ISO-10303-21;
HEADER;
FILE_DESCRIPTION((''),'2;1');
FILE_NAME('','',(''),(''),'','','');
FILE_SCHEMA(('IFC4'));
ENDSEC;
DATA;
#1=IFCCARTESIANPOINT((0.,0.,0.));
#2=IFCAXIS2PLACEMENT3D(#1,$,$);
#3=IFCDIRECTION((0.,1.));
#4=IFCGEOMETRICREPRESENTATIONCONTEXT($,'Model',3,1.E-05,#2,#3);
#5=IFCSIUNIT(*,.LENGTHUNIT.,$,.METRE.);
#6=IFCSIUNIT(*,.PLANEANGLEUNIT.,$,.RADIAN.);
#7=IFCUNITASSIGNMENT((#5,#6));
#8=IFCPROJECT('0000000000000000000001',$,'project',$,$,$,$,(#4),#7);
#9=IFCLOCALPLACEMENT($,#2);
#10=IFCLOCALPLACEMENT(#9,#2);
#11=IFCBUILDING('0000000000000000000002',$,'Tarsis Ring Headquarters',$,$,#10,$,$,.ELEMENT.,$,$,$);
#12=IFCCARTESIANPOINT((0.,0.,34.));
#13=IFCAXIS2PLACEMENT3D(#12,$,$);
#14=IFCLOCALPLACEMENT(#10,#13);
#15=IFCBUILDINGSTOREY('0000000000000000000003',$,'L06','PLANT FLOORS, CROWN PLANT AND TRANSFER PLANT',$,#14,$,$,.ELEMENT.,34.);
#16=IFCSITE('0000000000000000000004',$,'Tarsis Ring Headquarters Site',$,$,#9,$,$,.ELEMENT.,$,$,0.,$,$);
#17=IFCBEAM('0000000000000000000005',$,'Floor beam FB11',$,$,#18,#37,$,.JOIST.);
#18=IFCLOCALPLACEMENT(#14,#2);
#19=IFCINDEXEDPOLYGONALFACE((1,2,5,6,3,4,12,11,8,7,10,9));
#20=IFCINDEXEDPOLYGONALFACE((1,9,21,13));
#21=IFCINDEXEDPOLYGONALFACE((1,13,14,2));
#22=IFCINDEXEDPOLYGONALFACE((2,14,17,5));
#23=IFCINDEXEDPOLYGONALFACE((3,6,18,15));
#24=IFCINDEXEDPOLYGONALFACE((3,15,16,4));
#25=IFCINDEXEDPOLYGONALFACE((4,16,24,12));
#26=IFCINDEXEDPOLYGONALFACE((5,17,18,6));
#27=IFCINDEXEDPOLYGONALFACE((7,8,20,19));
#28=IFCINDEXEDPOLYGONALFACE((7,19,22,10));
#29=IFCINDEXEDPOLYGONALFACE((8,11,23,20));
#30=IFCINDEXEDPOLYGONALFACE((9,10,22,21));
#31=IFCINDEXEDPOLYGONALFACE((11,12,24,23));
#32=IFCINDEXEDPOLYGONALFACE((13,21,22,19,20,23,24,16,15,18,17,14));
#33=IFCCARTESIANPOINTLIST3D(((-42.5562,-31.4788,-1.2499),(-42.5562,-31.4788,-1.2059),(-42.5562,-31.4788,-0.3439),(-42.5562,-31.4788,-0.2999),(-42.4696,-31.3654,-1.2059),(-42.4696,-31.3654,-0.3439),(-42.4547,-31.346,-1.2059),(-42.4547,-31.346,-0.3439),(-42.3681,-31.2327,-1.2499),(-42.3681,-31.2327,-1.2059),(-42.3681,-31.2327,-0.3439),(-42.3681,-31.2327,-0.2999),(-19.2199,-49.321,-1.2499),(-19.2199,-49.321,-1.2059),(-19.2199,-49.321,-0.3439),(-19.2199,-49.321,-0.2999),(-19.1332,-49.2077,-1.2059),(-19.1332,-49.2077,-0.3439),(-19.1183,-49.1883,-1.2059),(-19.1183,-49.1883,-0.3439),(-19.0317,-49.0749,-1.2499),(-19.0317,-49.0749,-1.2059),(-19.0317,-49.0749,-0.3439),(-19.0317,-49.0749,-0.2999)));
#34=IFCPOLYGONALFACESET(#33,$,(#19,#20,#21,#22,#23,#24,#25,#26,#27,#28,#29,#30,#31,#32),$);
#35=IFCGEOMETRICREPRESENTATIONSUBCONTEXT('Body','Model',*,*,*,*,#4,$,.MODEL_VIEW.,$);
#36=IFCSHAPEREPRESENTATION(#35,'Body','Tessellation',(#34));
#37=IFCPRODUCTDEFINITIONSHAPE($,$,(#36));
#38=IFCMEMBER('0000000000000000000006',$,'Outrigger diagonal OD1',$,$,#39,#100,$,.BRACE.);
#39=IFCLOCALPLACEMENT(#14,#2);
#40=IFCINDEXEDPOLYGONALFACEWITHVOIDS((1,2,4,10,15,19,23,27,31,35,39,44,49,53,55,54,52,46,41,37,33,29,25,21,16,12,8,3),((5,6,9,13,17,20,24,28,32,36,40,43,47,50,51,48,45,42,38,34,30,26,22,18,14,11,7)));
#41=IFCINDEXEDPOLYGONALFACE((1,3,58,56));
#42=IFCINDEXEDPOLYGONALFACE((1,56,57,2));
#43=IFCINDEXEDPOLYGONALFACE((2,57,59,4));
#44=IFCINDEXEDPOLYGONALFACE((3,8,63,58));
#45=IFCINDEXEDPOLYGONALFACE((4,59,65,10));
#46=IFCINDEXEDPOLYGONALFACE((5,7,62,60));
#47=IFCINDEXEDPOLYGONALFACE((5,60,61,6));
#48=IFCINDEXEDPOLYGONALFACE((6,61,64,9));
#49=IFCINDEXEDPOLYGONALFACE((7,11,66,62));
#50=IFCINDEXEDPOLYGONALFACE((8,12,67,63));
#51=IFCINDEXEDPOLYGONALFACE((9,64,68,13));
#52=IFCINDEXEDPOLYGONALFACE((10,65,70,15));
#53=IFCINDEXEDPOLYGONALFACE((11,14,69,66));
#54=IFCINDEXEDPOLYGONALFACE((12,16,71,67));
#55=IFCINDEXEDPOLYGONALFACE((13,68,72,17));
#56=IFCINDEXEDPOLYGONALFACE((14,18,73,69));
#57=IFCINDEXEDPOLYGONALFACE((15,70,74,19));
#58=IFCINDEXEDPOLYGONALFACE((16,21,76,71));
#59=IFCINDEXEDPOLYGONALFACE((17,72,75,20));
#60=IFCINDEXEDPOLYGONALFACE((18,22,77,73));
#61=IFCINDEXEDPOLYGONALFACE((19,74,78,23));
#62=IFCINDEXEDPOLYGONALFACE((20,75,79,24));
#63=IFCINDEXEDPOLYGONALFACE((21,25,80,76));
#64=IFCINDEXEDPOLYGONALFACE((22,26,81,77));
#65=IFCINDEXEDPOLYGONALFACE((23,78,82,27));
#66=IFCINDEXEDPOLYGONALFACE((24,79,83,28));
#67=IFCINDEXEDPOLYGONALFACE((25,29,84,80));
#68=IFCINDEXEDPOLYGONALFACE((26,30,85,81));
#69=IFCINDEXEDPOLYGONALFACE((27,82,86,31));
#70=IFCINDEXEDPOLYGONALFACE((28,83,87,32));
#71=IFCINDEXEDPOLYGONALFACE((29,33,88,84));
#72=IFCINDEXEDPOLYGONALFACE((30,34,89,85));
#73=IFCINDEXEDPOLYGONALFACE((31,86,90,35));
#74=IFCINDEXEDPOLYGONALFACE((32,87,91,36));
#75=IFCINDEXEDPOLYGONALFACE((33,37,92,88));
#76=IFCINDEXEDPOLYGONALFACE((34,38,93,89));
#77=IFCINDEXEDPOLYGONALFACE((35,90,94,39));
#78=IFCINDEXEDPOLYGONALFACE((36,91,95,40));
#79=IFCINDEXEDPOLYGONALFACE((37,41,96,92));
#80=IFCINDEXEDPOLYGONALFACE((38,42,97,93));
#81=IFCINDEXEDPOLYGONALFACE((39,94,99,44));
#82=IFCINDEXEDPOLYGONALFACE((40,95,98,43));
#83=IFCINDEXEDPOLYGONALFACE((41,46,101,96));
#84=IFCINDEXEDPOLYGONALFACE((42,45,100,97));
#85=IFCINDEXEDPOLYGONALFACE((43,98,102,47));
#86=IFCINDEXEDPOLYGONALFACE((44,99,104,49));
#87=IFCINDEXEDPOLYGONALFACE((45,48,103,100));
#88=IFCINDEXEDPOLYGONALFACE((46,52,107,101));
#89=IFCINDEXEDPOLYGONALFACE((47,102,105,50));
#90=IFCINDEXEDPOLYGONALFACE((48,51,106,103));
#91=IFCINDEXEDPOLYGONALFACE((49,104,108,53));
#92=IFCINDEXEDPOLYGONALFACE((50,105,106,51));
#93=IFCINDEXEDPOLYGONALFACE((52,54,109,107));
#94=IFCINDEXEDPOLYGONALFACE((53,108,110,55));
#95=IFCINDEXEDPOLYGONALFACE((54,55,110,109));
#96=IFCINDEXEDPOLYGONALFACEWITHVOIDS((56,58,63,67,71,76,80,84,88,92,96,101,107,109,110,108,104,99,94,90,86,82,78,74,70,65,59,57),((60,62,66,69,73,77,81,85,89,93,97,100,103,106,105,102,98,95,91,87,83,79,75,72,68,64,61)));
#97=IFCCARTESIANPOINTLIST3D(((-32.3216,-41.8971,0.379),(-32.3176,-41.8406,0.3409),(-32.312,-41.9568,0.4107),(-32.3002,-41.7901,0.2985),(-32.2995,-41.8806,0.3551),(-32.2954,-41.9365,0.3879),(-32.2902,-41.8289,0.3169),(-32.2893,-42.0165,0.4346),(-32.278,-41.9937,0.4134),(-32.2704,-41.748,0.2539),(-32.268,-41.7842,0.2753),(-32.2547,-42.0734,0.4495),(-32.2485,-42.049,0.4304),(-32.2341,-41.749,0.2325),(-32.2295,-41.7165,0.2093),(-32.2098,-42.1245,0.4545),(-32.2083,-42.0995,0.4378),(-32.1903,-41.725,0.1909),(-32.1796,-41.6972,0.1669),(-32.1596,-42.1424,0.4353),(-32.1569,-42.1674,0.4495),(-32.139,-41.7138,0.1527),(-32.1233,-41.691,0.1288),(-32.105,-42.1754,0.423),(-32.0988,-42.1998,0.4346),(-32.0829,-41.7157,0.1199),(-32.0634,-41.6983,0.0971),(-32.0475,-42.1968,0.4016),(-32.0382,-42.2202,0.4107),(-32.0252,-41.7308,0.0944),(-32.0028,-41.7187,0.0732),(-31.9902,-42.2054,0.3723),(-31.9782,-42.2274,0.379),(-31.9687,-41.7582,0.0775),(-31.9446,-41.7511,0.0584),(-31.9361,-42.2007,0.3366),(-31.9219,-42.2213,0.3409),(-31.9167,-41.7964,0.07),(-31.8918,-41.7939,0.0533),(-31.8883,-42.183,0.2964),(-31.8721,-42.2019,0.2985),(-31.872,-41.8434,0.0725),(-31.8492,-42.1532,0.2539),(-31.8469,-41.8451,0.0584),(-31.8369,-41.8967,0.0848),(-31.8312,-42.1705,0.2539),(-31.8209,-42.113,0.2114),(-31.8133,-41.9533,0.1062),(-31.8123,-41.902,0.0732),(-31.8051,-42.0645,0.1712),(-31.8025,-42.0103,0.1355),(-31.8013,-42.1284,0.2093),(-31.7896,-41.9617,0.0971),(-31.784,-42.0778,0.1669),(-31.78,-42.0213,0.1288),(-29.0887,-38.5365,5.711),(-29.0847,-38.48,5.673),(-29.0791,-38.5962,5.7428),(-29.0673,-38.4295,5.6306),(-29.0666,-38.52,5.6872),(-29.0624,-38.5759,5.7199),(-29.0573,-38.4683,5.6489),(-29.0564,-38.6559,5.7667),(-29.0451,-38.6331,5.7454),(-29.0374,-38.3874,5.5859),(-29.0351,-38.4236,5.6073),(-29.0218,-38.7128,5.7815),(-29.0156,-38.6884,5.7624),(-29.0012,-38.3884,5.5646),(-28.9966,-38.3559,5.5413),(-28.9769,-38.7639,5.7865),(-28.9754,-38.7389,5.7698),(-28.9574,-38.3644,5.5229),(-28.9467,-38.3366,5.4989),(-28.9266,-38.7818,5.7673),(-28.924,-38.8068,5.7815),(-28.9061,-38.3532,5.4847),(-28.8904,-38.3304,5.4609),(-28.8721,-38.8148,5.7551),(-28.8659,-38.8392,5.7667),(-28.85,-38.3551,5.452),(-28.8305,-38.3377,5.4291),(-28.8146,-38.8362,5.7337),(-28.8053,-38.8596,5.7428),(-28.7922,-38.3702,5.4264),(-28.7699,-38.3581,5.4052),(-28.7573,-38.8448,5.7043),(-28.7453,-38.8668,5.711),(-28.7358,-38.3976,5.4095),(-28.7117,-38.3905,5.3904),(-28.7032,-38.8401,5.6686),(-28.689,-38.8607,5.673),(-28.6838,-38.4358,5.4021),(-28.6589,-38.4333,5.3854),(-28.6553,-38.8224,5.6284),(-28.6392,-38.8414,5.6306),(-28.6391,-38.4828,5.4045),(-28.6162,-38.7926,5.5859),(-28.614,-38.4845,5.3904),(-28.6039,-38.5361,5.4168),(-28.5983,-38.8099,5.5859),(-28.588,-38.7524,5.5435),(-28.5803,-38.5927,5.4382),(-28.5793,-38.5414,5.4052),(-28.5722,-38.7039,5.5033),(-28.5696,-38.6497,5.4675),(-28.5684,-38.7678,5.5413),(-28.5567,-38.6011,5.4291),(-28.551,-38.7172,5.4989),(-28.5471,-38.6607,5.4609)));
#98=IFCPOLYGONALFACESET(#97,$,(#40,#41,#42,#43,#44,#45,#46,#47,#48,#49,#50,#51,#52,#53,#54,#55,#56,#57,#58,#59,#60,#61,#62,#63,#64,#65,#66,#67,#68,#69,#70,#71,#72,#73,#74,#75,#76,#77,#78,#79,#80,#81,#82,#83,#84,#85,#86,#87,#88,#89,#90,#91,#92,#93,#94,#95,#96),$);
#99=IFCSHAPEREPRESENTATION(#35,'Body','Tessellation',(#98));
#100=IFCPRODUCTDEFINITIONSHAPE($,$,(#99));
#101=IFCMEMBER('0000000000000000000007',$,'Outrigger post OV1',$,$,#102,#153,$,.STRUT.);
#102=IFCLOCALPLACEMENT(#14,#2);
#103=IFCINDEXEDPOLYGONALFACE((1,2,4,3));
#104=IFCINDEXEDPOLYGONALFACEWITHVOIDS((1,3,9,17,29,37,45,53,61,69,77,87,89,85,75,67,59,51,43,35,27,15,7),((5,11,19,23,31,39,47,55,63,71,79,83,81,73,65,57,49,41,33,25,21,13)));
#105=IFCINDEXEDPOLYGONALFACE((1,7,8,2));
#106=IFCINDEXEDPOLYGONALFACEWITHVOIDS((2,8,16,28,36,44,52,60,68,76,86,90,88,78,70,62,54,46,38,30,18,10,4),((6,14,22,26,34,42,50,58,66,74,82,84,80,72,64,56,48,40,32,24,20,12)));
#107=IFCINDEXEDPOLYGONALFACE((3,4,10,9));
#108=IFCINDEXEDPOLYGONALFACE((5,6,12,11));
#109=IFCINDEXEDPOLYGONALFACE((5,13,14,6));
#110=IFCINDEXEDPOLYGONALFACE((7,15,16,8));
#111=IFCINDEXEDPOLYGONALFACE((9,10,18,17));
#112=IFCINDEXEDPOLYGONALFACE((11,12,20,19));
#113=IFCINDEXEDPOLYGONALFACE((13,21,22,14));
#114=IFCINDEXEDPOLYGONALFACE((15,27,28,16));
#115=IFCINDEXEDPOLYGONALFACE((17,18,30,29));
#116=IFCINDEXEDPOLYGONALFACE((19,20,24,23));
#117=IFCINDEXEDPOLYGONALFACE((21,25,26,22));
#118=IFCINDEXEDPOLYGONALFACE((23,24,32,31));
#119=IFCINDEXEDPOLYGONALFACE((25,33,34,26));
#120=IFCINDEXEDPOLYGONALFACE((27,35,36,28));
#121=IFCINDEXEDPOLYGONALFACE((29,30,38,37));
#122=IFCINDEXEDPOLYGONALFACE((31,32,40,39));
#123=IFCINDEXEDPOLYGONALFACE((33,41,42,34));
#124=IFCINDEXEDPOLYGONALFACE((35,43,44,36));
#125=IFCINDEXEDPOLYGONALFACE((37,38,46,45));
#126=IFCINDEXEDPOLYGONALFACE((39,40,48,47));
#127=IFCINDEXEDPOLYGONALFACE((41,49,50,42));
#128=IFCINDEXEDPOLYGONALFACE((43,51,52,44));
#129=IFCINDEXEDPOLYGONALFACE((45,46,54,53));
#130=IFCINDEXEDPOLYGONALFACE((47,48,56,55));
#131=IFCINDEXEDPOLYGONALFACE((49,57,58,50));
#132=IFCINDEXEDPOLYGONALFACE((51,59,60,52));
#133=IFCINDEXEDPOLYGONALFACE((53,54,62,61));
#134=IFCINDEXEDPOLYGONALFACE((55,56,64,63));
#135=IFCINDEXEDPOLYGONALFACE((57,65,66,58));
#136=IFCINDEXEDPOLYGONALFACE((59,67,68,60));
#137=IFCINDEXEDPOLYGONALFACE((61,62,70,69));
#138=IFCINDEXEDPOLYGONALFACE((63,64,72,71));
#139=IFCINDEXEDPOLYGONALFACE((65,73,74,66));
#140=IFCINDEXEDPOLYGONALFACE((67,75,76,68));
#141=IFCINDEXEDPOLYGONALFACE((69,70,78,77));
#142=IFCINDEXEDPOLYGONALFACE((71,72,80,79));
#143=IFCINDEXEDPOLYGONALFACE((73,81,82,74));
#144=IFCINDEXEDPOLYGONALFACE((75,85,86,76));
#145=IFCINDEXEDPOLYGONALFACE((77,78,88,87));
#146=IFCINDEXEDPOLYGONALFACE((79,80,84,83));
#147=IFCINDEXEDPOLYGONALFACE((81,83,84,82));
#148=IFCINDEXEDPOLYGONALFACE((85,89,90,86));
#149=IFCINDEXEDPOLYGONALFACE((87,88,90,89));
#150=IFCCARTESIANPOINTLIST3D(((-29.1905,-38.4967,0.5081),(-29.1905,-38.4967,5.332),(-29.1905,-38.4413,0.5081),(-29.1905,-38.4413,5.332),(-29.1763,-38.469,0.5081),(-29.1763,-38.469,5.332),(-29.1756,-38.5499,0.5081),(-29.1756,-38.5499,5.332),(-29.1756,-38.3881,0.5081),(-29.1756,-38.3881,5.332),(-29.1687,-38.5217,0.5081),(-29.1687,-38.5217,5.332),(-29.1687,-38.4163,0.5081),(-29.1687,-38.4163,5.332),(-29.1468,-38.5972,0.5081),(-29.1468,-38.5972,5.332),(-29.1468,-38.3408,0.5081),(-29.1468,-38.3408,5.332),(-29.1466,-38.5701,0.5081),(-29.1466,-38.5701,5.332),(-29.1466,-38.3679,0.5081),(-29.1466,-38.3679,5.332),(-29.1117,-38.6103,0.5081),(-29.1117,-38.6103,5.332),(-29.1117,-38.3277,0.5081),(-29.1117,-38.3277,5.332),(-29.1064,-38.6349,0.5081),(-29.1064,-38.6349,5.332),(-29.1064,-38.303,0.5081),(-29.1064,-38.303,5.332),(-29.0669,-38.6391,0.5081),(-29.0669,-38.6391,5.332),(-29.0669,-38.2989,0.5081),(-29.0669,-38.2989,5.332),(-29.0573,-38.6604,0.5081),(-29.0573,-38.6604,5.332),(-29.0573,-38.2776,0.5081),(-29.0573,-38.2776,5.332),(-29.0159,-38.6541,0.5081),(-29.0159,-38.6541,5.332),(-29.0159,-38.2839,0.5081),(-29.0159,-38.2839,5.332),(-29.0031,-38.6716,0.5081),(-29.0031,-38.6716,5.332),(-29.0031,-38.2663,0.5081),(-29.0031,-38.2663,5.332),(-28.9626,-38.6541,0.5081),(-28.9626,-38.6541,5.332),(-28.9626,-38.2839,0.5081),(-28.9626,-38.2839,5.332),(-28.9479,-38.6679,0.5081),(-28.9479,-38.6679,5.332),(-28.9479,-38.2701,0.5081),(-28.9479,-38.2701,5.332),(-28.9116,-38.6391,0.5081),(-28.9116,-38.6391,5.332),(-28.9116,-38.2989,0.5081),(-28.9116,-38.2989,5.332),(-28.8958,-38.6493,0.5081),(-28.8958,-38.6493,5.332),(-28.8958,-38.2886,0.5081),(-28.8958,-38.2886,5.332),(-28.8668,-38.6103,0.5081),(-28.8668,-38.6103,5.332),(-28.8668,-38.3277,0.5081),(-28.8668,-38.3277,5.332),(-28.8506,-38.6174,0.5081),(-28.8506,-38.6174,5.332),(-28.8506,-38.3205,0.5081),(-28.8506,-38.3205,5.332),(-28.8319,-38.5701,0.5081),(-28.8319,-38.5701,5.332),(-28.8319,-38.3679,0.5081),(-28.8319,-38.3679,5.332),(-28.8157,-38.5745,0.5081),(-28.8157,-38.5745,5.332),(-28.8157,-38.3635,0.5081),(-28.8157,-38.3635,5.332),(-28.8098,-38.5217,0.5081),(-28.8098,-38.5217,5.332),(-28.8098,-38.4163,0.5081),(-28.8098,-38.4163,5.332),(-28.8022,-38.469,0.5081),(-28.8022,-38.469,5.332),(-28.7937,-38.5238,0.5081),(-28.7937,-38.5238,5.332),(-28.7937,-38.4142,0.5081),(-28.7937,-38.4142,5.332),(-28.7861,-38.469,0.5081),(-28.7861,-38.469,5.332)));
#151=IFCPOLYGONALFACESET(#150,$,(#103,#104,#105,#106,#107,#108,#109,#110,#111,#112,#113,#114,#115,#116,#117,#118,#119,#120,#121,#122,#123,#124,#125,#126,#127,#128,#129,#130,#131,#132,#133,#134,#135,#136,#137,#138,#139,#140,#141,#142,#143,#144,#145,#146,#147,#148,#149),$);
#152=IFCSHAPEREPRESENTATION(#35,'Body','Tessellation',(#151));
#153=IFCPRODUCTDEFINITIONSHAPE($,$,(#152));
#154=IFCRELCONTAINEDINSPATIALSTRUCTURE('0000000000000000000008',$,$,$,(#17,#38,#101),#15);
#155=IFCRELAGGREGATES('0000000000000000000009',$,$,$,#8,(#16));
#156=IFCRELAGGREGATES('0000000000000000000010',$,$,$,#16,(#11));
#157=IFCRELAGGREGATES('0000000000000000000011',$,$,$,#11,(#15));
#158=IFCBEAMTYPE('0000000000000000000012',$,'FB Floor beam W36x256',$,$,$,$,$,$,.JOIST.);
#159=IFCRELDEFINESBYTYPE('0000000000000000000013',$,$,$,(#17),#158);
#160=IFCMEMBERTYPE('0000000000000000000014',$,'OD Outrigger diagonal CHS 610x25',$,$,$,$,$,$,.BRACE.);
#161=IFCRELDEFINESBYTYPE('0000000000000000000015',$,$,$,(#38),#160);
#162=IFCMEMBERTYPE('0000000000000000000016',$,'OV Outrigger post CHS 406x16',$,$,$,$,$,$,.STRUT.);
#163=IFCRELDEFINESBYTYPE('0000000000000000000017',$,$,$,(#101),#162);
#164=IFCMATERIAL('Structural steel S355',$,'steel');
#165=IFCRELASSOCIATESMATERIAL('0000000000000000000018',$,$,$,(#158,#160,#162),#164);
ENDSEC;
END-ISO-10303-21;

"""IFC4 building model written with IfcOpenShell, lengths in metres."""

from ifc_helpers import new_model, si_unit, direction, frame, origin, origin_2d, place, context, subcontext, project, spatial, hollow_circle, i_section, extrude, material, material_profile, profile_set, type_object, element, save


model = new_model("IFC4")

# Units and contexts
model_context = context("Model", 3, precision=1e-05, world=origin(), true_north=direction((0.0, 1.0)))
body_context = subcontext(model_context, "Body", "Model", "MODEL_VIEW")
ifc_project = project(units=[si_unit("LENGTHUNIT", "METRE"), si_unit("PLANEANGLEUNIT", "RADIAN")], contexts=[model_context])

# Site, building, storey
site_placement = place(None, origin())
site = spatial("IfcSite", under=ifc_project, at=site_placement, Name="Tarsis Ring Headquarters Site", CompositionType="ELEMENT", RefElevation=0.0)
building_placement = place(site_placement, origin())
building = spatial("IfcBuilding", under=site, at=building_placement, Name="Tarsis Ring Headquarters", CompositionType="ELEMENT")
storey_placement = place(building_placement, frame((0.0, 0.0, 34.0)))
storey = spatial("IfcBuildingStorey", under=building, at=storey_placement, Name="L06", Description="PLANT FLOORS, CROWN PLANT AND TRANSFER PLANT", CompositionType="ELEMENT", Elevation=34.0)

# Beam
ifc_material_1 = material(Name="Structural steel S355", Category="steel")
ifc_material_profile_1 = material_profile(ifc_material_1, i_section(OverallWidth=0.3098, OverallDepth=0.95, WebThickness=0.0244, FlangeThickness=0.0439, at=origin_2d()), Name="W36x256")
ifc_profile_set_1 = profile_set([ifc_material_profile_1], Name="Structural steel S355")
beam_type_1 = type_object("IfcBeamType", Name="FB Floor beam W36x256", PredefinedType="JOIST", material=ifc_profile_set_1)
beam_placement = place(storey_placement, frame((-42.4622, -31.3557, -0.7749), z_axis=(0.794411, -0.607381, 0.0), x_axis=(0.607381, 0.794411, 0.0)))
element("IfcBeam", 1, at=beam_placement, inside=storey, type_object=beam_type_1, Name="Floor beam FB11", PredefinedType="JOIST", context=body_context, shape_type="SweptSolid", body=[
    extrude(i_section(OverallWidth=0.3098, OverallDepth=0.95, WebThickness=0.0244, FlangeThickness=0.0439, at=origin_2d()), origin(), (0.0, 0.0, 1.0), 29.3757),
])

# Members
ifc_material_profile_2 = material_profile(ifc_material_1, hollow_circle(Radius=0.3047, WallThickness=0.0249, at=origin_2d()), Name="CHS 610x25")
ifc_profile_set_2 = profile_set([ifc_material_profile_2], Name="Structural steel S355")
member_type_1 = type_object("IfcMemberType", Name="OD Outrigger diagonal CHS 610x25", PredefinedType="BRACE", material=ifc_profile_set_2)
member_1_placement = place(storey_placement, frame((-28.8179, -38.5986, 5.5859), z_axis=(-0.456401, -0.474426, -0.75274), x_axis=(0.720665, -0.693283, 0.0)))
element("IfcMember", 2, at=member_1_placement, inside=storey, type_object=member_type_1, Name="Outrigger diagonal OD1", PredefinedType="BRACE", context=body_context, shape_type="SweptSolid", body=[
    extrude(hollow_circle(Radius=0.3047, WallThickness=0.0249, at=origin_2d()), origin(), (0.0, 0.0, 1.0), 7.0835),
])
ifc_material_profile_3 = material_profile(ifc_material_1, hollow_circle(Radius=0.2031, WallThickness=0.0161, at=origin_2d()), Name="CHS 406x16")
ifc_profile_set_3 = profile_set([ifc_material_profile_3], Name="Structural steel S355")
member_type_2 = type_object("IfcMemberType", Name="OV Outrigger post CHS 406x16", PredefinedType="STRUT", material=ifc_profile_set_3)
member_2_placement = place(storey_placement, frame((-28.9893, -38.469, 0.5081), z_axis=(0.0, 0.0, 1.0), x_axis=(1.0, 0.0, 0.0)))
element("IfcMember", 3, at=member_2_placement, inside=storey, type_object=member_type_2, Name="Outrigger post OV1", PredefinedType="STRUT", context=body_context, shape_type="SweptSolid", body=[
    extrude(hollow_circle(Radius=0.2031, WallThickness=0.0161, at=origin_2d()), origin(), (0.0, 0.0, 1.0), 4.824),
])

save(model, "model.ifc")
